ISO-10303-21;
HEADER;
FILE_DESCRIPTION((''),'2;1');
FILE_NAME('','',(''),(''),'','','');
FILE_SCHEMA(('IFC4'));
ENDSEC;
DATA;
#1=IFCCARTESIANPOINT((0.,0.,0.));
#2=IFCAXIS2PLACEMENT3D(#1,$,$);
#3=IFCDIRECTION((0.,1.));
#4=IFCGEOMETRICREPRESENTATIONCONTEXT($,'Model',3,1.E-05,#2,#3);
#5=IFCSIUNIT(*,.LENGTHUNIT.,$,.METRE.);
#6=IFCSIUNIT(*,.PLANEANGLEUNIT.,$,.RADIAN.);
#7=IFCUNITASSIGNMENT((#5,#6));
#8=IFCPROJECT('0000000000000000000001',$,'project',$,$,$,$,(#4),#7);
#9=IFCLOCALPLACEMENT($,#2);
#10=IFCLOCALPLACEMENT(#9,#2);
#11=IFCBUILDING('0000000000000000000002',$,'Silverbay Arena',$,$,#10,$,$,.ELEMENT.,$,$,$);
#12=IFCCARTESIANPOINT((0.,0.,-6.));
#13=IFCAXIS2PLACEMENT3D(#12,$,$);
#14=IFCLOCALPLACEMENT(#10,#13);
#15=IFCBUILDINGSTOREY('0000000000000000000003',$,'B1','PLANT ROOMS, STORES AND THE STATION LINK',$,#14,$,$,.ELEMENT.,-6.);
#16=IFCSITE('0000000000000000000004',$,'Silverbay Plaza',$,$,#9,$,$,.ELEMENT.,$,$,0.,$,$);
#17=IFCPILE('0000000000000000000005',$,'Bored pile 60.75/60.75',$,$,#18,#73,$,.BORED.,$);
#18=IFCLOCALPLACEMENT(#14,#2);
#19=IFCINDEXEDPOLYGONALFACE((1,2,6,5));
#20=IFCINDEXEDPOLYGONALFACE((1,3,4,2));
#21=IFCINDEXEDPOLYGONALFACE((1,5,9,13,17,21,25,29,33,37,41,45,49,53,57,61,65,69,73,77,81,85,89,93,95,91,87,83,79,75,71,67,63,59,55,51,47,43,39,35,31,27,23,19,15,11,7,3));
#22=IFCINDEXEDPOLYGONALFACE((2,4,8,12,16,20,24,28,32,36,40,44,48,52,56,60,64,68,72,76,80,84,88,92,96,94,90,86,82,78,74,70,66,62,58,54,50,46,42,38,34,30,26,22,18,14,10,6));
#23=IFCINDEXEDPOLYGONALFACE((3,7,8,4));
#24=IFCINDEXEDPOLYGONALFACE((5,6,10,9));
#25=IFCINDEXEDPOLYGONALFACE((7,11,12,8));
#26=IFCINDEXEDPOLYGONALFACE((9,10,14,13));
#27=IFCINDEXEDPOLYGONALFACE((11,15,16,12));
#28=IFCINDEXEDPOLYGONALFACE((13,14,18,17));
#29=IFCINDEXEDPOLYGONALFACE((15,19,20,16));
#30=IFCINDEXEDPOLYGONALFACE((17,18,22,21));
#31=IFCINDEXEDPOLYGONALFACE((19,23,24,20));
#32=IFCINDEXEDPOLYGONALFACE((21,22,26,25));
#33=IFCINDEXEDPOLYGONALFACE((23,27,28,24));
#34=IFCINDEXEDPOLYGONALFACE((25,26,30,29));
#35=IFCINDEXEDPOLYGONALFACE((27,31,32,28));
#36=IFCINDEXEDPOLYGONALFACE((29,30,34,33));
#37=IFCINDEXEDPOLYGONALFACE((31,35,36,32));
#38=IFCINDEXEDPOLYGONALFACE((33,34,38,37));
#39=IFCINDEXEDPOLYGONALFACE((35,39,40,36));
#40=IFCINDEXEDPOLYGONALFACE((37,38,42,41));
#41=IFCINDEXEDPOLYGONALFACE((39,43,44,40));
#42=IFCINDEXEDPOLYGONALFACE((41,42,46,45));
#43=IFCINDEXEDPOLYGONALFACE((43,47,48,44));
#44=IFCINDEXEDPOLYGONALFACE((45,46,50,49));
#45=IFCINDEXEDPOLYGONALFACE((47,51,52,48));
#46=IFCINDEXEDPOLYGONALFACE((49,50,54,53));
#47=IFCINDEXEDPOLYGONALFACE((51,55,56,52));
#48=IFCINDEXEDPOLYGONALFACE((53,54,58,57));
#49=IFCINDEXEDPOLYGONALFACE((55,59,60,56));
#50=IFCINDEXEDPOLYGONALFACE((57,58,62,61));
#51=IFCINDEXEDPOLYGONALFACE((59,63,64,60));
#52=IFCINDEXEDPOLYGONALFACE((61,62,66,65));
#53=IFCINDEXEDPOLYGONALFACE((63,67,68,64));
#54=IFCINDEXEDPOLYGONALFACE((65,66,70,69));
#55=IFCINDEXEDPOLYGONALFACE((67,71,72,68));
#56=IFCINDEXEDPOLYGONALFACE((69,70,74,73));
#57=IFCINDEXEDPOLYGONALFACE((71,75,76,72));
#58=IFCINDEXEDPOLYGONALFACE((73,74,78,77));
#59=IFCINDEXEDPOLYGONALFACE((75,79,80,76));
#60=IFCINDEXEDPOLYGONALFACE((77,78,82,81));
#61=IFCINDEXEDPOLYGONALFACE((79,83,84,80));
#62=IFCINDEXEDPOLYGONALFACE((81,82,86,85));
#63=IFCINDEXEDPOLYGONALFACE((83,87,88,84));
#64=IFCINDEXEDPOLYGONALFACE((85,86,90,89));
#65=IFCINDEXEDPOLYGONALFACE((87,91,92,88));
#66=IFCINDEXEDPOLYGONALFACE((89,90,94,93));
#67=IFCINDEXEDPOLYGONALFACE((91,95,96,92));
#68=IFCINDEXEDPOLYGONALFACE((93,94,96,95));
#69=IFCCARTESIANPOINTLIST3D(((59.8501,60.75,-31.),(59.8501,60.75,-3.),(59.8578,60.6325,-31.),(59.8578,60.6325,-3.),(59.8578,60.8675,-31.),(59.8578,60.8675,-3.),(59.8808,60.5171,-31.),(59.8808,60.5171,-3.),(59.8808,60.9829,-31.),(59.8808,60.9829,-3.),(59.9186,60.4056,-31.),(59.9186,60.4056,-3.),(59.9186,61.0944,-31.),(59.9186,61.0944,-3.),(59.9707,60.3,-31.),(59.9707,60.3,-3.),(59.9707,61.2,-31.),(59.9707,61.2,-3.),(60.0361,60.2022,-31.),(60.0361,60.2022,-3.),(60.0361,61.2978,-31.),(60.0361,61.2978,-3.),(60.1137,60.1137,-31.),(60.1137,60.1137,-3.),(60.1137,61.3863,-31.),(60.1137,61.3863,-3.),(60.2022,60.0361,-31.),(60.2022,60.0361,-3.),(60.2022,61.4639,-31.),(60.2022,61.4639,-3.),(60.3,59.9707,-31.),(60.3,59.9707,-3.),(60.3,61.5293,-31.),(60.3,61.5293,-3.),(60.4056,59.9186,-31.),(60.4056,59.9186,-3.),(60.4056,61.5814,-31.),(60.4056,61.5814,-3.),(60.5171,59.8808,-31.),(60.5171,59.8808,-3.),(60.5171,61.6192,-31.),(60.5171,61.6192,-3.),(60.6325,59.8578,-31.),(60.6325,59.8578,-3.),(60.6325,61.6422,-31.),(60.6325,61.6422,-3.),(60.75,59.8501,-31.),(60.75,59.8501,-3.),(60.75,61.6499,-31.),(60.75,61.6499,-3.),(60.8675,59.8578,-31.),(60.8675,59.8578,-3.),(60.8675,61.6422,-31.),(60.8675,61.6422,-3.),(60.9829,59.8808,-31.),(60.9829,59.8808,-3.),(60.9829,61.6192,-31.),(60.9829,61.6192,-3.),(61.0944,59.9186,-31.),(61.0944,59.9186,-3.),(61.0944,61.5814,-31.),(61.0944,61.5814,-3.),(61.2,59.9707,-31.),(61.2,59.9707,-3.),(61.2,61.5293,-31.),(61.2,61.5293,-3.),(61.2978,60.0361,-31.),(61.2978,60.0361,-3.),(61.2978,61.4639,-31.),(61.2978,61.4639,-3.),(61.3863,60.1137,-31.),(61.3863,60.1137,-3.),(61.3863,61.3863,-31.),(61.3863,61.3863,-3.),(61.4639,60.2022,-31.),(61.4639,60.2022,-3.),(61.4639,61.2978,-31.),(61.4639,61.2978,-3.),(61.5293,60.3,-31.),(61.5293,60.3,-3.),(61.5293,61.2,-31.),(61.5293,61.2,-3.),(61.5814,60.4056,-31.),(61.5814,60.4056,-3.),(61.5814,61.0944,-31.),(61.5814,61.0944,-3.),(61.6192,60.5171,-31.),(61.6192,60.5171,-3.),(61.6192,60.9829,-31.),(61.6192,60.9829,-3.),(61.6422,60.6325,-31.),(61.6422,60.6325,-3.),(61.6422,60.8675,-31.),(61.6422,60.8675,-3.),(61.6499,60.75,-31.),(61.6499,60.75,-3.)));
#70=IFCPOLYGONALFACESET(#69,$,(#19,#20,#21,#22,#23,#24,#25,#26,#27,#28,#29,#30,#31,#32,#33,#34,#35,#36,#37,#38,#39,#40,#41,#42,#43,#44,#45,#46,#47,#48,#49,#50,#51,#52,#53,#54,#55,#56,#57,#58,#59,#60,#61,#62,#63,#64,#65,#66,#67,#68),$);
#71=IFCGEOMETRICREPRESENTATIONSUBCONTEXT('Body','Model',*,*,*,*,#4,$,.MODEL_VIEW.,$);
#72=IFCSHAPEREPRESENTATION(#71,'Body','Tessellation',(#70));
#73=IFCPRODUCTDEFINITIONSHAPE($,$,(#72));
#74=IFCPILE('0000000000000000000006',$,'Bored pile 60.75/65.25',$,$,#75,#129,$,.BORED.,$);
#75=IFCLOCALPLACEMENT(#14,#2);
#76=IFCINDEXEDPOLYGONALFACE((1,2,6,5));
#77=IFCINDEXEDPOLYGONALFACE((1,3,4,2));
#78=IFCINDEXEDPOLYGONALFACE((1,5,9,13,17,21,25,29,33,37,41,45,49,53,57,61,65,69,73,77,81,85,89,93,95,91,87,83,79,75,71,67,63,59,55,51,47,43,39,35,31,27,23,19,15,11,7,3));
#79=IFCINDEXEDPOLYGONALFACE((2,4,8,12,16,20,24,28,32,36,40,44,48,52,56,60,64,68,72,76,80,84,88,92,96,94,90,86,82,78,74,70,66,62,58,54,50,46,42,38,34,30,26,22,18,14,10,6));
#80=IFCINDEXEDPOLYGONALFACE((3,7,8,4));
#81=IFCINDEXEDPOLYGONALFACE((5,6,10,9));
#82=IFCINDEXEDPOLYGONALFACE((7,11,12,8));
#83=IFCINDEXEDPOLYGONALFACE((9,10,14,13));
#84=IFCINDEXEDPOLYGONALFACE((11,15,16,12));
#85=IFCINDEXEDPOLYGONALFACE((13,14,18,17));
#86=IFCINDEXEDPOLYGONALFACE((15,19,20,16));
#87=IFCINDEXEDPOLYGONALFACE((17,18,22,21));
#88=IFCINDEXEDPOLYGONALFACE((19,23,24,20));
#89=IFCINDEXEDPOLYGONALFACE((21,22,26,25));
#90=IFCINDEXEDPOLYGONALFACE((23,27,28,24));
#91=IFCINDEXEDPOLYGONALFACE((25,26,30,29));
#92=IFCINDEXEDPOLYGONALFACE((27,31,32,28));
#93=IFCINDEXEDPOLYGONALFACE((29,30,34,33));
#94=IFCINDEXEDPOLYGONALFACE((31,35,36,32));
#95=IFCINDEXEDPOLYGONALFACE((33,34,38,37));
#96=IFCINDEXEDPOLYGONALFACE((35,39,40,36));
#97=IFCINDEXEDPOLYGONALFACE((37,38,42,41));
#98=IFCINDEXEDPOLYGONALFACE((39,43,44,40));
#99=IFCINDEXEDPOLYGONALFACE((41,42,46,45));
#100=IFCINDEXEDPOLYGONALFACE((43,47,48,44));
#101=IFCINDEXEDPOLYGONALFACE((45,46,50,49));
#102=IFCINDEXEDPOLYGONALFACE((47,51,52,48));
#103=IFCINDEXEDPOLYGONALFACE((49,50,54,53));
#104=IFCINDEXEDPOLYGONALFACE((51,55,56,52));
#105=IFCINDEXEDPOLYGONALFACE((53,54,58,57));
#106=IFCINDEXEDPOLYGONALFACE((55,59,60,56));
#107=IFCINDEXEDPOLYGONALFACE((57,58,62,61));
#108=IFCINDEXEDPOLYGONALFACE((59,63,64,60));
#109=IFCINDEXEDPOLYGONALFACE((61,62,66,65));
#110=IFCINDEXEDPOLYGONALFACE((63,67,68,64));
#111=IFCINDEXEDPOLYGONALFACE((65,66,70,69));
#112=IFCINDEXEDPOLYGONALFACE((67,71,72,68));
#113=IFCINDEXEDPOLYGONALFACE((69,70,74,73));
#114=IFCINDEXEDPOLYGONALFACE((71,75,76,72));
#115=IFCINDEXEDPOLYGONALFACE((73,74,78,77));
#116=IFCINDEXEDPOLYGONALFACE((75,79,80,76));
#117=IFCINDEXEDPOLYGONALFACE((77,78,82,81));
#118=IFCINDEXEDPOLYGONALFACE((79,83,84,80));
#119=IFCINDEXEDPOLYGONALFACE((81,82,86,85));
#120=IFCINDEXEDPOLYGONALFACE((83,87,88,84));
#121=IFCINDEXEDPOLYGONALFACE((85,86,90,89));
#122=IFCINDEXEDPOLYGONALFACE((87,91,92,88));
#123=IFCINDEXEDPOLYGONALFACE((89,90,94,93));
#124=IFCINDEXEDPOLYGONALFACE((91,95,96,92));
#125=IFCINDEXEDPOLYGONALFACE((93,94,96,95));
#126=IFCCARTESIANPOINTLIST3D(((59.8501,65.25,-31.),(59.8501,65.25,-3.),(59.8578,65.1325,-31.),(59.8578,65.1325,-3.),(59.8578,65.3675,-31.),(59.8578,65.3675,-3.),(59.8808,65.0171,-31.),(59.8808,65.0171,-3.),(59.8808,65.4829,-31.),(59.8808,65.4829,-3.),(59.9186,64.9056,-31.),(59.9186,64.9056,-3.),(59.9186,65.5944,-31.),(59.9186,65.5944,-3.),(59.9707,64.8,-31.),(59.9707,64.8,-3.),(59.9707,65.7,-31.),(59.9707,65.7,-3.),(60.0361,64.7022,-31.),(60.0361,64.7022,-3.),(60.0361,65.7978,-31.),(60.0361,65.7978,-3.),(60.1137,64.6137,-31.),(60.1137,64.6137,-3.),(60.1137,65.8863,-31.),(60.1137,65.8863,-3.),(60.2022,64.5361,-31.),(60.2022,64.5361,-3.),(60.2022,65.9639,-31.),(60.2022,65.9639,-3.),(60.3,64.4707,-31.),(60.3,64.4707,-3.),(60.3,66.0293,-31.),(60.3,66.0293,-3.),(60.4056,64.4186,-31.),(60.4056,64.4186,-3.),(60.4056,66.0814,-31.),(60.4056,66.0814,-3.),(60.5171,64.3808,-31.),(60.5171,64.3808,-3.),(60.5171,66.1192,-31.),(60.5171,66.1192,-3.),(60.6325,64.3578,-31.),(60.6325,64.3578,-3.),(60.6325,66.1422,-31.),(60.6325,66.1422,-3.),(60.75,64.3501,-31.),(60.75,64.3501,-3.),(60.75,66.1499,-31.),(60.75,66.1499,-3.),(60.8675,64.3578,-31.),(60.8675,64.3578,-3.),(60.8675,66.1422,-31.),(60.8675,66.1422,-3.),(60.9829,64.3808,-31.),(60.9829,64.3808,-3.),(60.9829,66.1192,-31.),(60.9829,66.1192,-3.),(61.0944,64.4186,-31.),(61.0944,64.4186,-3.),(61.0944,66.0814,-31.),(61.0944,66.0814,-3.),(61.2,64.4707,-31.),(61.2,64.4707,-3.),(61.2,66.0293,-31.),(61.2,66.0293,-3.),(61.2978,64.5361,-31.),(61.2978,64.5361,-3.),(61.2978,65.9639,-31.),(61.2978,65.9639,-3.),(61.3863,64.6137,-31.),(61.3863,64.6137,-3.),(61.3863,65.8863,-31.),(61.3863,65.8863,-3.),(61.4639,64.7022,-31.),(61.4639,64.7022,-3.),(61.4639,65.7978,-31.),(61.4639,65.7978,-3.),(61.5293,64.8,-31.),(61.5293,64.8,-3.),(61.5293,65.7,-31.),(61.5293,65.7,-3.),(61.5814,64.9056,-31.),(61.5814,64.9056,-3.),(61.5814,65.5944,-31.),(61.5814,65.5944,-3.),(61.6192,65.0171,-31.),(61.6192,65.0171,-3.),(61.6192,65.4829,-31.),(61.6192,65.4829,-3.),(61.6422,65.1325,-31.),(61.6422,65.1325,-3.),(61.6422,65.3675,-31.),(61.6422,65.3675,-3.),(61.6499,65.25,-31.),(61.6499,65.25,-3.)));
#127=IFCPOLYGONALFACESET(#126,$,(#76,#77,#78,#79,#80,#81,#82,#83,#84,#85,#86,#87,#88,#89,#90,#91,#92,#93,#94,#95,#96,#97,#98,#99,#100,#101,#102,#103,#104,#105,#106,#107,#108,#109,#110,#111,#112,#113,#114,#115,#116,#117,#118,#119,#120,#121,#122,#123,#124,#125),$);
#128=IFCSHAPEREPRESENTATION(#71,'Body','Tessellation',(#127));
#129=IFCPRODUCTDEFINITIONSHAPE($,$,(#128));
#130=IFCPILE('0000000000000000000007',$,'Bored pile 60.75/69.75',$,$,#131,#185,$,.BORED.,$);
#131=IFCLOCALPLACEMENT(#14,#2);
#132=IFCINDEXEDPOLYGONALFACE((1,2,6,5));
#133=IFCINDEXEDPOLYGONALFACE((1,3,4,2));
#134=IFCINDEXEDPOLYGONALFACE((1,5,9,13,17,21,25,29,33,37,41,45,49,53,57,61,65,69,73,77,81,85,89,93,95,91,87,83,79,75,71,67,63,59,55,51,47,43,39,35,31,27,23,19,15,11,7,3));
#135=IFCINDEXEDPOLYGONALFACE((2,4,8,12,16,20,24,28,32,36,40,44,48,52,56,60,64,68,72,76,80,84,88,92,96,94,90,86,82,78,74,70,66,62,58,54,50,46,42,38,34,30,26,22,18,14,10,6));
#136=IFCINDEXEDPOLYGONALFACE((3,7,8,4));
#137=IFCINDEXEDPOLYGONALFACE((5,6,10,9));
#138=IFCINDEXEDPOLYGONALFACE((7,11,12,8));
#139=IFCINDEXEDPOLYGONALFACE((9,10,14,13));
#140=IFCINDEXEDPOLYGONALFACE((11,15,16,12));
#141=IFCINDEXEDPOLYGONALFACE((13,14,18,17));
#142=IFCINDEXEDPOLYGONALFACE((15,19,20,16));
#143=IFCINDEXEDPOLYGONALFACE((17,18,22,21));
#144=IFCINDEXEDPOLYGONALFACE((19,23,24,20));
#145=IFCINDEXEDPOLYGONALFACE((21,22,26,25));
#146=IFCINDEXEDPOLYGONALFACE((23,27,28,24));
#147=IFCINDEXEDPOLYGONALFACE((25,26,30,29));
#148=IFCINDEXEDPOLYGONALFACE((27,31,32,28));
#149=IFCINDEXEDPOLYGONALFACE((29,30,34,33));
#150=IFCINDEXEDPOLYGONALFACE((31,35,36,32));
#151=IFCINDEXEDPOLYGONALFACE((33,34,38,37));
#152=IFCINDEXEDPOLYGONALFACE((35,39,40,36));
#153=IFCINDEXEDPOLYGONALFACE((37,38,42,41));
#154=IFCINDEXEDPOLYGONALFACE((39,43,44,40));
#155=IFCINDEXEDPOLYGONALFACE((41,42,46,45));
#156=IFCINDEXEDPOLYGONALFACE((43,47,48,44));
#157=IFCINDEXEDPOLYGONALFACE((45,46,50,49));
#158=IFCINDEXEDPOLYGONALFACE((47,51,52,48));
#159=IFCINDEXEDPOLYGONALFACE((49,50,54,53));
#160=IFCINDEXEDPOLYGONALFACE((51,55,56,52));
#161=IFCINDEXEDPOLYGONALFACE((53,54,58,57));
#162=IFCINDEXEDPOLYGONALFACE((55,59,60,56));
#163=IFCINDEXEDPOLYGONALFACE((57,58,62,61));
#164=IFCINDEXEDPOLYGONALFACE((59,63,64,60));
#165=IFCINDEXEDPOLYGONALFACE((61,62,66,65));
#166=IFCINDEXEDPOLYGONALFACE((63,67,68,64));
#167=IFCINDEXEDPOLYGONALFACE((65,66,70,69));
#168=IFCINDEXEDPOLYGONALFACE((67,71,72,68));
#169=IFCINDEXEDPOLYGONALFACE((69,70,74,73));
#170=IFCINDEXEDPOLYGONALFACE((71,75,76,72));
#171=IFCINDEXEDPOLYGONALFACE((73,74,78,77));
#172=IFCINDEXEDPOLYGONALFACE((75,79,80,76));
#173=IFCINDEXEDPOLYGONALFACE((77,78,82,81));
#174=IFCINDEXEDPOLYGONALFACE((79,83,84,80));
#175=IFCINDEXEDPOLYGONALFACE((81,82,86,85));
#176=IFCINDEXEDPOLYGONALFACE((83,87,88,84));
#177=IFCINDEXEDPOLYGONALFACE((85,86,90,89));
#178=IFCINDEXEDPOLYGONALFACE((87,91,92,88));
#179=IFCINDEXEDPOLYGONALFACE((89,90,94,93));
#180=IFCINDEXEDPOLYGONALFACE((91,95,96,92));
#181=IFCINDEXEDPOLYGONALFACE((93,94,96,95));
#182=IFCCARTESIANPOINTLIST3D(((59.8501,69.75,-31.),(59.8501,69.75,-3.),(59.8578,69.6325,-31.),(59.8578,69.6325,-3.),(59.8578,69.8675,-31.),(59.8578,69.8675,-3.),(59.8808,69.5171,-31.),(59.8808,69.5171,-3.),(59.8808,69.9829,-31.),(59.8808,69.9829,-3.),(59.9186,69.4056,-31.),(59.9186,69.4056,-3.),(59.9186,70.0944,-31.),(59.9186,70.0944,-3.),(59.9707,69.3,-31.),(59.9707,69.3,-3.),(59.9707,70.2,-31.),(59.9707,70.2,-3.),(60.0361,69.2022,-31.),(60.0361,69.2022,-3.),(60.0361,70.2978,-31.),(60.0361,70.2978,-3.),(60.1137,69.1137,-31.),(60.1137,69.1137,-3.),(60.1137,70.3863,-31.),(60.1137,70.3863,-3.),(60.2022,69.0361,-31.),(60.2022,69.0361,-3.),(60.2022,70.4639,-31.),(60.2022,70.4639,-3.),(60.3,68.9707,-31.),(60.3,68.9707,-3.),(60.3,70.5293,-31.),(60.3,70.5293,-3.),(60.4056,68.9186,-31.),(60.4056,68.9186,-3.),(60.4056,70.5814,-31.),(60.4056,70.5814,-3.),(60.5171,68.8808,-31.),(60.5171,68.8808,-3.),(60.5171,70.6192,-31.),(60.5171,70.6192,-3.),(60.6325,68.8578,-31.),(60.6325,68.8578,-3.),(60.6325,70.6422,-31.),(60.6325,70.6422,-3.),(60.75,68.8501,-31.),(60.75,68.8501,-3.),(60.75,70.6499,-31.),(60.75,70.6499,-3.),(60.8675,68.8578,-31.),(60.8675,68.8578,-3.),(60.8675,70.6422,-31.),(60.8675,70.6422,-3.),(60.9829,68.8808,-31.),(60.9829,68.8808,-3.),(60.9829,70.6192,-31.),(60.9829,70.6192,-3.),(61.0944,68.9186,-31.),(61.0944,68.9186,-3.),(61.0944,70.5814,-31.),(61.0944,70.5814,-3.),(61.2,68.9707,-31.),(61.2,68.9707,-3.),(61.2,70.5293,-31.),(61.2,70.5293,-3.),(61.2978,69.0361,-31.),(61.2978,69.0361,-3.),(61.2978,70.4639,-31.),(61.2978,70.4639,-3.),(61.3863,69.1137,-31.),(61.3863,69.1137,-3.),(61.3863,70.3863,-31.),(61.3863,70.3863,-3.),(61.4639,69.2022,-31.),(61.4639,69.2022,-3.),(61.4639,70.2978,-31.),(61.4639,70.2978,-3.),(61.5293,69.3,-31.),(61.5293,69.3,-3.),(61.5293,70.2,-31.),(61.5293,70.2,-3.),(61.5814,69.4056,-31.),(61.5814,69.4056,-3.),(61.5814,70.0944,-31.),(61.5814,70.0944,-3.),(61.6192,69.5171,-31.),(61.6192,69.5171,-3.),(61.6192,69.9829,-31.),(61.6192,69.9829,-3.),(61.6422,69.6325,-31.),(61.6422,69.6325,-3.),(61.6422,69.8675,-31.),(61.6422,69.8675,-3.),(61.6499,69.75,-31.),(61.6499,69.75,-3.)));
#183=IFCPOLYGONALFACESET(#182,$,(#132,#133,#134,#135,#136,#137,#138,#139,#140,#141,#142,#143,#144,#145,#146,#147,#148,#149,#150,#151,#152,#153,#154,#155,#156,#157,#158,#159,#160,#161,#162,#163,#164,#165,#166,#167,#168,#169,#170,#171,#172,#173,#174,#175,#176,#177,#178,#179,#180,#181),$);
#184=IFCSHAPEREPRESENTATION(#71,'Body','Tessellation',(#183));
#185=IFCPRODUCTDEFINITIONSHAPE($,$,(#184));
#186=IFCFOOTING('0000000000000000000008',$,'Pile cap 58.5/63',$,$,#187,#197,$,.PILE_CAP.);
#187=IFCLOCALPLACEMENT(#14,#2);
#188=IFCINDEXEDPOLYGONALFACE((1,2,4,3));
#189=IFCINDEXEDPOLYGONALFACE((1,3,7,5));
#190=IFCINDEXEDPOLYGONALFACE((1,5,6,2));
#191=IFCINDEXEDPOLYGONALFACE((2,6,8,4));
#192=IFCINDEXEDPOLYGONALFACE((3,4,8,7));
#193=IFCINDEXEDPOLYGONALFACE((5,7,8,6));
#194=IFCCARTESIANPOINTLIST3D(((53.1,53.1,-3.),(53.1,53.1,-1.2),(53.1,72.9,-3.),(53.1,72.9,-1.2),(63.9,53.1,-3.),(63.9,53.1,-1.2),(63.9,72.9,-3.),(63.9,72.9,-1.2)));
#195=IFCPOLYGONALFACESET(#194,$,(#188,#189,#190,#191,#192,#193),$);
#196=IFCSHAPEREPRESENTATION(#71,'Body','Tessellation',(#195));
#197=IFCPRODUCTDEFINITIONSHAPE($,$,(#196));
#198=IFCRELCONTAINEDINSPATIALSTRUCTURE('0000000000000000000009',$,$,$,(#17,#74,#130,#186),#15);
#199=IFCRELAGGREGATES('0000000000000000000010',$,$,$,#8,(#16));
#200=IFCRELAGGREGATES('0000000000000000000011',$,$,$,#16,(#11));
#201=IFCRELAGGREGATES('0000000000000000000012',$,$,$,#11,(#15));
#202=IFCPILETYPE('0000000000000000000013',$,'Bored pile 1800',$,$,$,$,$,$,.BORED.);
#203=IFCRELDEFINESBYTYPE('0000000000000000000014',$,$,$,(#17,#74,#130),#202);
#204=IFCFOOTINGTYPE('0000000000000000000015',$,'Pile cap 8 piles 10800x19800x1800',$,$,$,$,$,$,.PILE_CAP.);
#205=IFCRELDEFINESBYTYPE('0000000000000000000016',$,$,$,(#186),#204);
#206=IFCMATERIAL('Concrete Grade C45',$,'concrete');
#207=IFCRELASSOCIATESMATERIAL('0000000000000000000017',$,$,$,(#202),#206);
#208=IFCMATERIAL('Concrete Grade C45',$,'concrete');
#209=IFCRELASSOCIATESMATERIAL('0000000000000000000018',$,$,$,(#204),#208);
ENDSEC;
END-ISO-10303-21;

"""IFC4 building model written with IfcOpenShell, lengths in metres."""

from ifc_helpers import new_model, si_unit, direction, frame, origin, origin_2d, place, context, subcontext, project, spatial, rectangle, circle, extrude, material, material_profile, profile_set, type_object, element, save


model = new_model("IFC4")

# Units and contexts
model_context = context("Model", 3, precision=1e-05, world=origin(), true_north=direction((0.0, 1.0)))
body_context = subcontext(model_context, "Body", "Model", "MODEL_VIEW")
ifc_project = project(units=[si_unit("LENGTHUNIT", "METRE"), si_unit("PLANEANGLEUNIT", "RADIAN")], contexts=[model_context])

# Site, building, storey
site_placement = place(None, origin())
site = spatial("IfcSite", under=ifc_project, at=site_placement, Name="Silverbay Plaza", CompositionType="ELEMENT", RefElevation=0.0)
building_placement = place(site_placement, origin())
building = spatial("IfcBuilding", under=site, at=building_placement, Name="Silverbay Arena", CompositionType="ELEMENT")
storey_placement = place(building_placement, frame((0.0, 0.0, -6.0)))
storey = spatial("IfcBuildingStorey", under=building, at=storey_placement, Name="B1", Description="PLANT ROOMS, STORES AND THE STATION LINK", CompositionType="ELEMENT", Elevation=-6.0)

# Piles
ifc_material_1 = material(Name="Concrete Grade C45", Category="concrete")
ifc_material_profile = material_profile(ifc_material_1, circle(Radius=0.8999, at=origin_2d()), Name="Bored pile 1800")
ifc_profile_set = profile_set([ifc_material_profile], Name="Concrete Grade C45")
pile_type = type_object("IfcPileType", Name="Bored pile 1800", PredefinedType="BORED", material=ifc_profile_set)
for number, where, z_axis, x_axis, name in (
    (1, (60.75, 60.75, -3.0), (0.0, 0.0, -1.0), (1.0, 0.0, 0.0), "Bored pile 60.75/60.75"),
    (2, (60.75, 65.25, -3.0), (0.0, 0.0, -1.0), (1.0, 0.0, 0.0), "Bored pile 60.75/65.25"),
    (3, (60.75, 69.75, -3.0), (0.0, 0.0, -1.0), (1.0, 0.0, 0.0), "Bored pile 60.75/69.75"),
):
    element("IfcPile", number, at=place(storey_placement, frame(where, z_axis=z_axis, x_axis=x_axis)), inside=storey, type_object=pile_type, Name=name, PredefinedType="BORED", context=body_context, shape_type="SweptSolid", body=[
        extrude(circle(Radius=0.8999, at=origin_2d()), origin(), (0.0, 0.0, 1.0), 28.0),
    ])

# Footing
ifc_material_2 = material(Name="Concrete Grade C45", Category="concrete")
footing_type = type_object("IfcFootingType", Name="Pile cap 8 piles 10800x19800x1800", PredefinedType="PILE_CAP", material=ifc_material_2)
footing_placement = place(storey_placement, frame((58.5, 63.0, -3.0), z_axis=(0.0, 0.0, 1.0), x_axis=(1.0, 0.0, 0.0)))
element("IfcFooting", 4, at=footing_placement, inside=storey, type_object=footing_type, Name="Pile cap 58.5/63", PredefinedType="PILE_CAP", context=body_context, shape_type="SweptSolid", body=[
    extrude(rectangle(XDim=10.8, YDim=19.8, at=origin_2d()), origin(), (0.0, 0.0, 1.0), 1.8),
])

save(model, "model.ifc")
